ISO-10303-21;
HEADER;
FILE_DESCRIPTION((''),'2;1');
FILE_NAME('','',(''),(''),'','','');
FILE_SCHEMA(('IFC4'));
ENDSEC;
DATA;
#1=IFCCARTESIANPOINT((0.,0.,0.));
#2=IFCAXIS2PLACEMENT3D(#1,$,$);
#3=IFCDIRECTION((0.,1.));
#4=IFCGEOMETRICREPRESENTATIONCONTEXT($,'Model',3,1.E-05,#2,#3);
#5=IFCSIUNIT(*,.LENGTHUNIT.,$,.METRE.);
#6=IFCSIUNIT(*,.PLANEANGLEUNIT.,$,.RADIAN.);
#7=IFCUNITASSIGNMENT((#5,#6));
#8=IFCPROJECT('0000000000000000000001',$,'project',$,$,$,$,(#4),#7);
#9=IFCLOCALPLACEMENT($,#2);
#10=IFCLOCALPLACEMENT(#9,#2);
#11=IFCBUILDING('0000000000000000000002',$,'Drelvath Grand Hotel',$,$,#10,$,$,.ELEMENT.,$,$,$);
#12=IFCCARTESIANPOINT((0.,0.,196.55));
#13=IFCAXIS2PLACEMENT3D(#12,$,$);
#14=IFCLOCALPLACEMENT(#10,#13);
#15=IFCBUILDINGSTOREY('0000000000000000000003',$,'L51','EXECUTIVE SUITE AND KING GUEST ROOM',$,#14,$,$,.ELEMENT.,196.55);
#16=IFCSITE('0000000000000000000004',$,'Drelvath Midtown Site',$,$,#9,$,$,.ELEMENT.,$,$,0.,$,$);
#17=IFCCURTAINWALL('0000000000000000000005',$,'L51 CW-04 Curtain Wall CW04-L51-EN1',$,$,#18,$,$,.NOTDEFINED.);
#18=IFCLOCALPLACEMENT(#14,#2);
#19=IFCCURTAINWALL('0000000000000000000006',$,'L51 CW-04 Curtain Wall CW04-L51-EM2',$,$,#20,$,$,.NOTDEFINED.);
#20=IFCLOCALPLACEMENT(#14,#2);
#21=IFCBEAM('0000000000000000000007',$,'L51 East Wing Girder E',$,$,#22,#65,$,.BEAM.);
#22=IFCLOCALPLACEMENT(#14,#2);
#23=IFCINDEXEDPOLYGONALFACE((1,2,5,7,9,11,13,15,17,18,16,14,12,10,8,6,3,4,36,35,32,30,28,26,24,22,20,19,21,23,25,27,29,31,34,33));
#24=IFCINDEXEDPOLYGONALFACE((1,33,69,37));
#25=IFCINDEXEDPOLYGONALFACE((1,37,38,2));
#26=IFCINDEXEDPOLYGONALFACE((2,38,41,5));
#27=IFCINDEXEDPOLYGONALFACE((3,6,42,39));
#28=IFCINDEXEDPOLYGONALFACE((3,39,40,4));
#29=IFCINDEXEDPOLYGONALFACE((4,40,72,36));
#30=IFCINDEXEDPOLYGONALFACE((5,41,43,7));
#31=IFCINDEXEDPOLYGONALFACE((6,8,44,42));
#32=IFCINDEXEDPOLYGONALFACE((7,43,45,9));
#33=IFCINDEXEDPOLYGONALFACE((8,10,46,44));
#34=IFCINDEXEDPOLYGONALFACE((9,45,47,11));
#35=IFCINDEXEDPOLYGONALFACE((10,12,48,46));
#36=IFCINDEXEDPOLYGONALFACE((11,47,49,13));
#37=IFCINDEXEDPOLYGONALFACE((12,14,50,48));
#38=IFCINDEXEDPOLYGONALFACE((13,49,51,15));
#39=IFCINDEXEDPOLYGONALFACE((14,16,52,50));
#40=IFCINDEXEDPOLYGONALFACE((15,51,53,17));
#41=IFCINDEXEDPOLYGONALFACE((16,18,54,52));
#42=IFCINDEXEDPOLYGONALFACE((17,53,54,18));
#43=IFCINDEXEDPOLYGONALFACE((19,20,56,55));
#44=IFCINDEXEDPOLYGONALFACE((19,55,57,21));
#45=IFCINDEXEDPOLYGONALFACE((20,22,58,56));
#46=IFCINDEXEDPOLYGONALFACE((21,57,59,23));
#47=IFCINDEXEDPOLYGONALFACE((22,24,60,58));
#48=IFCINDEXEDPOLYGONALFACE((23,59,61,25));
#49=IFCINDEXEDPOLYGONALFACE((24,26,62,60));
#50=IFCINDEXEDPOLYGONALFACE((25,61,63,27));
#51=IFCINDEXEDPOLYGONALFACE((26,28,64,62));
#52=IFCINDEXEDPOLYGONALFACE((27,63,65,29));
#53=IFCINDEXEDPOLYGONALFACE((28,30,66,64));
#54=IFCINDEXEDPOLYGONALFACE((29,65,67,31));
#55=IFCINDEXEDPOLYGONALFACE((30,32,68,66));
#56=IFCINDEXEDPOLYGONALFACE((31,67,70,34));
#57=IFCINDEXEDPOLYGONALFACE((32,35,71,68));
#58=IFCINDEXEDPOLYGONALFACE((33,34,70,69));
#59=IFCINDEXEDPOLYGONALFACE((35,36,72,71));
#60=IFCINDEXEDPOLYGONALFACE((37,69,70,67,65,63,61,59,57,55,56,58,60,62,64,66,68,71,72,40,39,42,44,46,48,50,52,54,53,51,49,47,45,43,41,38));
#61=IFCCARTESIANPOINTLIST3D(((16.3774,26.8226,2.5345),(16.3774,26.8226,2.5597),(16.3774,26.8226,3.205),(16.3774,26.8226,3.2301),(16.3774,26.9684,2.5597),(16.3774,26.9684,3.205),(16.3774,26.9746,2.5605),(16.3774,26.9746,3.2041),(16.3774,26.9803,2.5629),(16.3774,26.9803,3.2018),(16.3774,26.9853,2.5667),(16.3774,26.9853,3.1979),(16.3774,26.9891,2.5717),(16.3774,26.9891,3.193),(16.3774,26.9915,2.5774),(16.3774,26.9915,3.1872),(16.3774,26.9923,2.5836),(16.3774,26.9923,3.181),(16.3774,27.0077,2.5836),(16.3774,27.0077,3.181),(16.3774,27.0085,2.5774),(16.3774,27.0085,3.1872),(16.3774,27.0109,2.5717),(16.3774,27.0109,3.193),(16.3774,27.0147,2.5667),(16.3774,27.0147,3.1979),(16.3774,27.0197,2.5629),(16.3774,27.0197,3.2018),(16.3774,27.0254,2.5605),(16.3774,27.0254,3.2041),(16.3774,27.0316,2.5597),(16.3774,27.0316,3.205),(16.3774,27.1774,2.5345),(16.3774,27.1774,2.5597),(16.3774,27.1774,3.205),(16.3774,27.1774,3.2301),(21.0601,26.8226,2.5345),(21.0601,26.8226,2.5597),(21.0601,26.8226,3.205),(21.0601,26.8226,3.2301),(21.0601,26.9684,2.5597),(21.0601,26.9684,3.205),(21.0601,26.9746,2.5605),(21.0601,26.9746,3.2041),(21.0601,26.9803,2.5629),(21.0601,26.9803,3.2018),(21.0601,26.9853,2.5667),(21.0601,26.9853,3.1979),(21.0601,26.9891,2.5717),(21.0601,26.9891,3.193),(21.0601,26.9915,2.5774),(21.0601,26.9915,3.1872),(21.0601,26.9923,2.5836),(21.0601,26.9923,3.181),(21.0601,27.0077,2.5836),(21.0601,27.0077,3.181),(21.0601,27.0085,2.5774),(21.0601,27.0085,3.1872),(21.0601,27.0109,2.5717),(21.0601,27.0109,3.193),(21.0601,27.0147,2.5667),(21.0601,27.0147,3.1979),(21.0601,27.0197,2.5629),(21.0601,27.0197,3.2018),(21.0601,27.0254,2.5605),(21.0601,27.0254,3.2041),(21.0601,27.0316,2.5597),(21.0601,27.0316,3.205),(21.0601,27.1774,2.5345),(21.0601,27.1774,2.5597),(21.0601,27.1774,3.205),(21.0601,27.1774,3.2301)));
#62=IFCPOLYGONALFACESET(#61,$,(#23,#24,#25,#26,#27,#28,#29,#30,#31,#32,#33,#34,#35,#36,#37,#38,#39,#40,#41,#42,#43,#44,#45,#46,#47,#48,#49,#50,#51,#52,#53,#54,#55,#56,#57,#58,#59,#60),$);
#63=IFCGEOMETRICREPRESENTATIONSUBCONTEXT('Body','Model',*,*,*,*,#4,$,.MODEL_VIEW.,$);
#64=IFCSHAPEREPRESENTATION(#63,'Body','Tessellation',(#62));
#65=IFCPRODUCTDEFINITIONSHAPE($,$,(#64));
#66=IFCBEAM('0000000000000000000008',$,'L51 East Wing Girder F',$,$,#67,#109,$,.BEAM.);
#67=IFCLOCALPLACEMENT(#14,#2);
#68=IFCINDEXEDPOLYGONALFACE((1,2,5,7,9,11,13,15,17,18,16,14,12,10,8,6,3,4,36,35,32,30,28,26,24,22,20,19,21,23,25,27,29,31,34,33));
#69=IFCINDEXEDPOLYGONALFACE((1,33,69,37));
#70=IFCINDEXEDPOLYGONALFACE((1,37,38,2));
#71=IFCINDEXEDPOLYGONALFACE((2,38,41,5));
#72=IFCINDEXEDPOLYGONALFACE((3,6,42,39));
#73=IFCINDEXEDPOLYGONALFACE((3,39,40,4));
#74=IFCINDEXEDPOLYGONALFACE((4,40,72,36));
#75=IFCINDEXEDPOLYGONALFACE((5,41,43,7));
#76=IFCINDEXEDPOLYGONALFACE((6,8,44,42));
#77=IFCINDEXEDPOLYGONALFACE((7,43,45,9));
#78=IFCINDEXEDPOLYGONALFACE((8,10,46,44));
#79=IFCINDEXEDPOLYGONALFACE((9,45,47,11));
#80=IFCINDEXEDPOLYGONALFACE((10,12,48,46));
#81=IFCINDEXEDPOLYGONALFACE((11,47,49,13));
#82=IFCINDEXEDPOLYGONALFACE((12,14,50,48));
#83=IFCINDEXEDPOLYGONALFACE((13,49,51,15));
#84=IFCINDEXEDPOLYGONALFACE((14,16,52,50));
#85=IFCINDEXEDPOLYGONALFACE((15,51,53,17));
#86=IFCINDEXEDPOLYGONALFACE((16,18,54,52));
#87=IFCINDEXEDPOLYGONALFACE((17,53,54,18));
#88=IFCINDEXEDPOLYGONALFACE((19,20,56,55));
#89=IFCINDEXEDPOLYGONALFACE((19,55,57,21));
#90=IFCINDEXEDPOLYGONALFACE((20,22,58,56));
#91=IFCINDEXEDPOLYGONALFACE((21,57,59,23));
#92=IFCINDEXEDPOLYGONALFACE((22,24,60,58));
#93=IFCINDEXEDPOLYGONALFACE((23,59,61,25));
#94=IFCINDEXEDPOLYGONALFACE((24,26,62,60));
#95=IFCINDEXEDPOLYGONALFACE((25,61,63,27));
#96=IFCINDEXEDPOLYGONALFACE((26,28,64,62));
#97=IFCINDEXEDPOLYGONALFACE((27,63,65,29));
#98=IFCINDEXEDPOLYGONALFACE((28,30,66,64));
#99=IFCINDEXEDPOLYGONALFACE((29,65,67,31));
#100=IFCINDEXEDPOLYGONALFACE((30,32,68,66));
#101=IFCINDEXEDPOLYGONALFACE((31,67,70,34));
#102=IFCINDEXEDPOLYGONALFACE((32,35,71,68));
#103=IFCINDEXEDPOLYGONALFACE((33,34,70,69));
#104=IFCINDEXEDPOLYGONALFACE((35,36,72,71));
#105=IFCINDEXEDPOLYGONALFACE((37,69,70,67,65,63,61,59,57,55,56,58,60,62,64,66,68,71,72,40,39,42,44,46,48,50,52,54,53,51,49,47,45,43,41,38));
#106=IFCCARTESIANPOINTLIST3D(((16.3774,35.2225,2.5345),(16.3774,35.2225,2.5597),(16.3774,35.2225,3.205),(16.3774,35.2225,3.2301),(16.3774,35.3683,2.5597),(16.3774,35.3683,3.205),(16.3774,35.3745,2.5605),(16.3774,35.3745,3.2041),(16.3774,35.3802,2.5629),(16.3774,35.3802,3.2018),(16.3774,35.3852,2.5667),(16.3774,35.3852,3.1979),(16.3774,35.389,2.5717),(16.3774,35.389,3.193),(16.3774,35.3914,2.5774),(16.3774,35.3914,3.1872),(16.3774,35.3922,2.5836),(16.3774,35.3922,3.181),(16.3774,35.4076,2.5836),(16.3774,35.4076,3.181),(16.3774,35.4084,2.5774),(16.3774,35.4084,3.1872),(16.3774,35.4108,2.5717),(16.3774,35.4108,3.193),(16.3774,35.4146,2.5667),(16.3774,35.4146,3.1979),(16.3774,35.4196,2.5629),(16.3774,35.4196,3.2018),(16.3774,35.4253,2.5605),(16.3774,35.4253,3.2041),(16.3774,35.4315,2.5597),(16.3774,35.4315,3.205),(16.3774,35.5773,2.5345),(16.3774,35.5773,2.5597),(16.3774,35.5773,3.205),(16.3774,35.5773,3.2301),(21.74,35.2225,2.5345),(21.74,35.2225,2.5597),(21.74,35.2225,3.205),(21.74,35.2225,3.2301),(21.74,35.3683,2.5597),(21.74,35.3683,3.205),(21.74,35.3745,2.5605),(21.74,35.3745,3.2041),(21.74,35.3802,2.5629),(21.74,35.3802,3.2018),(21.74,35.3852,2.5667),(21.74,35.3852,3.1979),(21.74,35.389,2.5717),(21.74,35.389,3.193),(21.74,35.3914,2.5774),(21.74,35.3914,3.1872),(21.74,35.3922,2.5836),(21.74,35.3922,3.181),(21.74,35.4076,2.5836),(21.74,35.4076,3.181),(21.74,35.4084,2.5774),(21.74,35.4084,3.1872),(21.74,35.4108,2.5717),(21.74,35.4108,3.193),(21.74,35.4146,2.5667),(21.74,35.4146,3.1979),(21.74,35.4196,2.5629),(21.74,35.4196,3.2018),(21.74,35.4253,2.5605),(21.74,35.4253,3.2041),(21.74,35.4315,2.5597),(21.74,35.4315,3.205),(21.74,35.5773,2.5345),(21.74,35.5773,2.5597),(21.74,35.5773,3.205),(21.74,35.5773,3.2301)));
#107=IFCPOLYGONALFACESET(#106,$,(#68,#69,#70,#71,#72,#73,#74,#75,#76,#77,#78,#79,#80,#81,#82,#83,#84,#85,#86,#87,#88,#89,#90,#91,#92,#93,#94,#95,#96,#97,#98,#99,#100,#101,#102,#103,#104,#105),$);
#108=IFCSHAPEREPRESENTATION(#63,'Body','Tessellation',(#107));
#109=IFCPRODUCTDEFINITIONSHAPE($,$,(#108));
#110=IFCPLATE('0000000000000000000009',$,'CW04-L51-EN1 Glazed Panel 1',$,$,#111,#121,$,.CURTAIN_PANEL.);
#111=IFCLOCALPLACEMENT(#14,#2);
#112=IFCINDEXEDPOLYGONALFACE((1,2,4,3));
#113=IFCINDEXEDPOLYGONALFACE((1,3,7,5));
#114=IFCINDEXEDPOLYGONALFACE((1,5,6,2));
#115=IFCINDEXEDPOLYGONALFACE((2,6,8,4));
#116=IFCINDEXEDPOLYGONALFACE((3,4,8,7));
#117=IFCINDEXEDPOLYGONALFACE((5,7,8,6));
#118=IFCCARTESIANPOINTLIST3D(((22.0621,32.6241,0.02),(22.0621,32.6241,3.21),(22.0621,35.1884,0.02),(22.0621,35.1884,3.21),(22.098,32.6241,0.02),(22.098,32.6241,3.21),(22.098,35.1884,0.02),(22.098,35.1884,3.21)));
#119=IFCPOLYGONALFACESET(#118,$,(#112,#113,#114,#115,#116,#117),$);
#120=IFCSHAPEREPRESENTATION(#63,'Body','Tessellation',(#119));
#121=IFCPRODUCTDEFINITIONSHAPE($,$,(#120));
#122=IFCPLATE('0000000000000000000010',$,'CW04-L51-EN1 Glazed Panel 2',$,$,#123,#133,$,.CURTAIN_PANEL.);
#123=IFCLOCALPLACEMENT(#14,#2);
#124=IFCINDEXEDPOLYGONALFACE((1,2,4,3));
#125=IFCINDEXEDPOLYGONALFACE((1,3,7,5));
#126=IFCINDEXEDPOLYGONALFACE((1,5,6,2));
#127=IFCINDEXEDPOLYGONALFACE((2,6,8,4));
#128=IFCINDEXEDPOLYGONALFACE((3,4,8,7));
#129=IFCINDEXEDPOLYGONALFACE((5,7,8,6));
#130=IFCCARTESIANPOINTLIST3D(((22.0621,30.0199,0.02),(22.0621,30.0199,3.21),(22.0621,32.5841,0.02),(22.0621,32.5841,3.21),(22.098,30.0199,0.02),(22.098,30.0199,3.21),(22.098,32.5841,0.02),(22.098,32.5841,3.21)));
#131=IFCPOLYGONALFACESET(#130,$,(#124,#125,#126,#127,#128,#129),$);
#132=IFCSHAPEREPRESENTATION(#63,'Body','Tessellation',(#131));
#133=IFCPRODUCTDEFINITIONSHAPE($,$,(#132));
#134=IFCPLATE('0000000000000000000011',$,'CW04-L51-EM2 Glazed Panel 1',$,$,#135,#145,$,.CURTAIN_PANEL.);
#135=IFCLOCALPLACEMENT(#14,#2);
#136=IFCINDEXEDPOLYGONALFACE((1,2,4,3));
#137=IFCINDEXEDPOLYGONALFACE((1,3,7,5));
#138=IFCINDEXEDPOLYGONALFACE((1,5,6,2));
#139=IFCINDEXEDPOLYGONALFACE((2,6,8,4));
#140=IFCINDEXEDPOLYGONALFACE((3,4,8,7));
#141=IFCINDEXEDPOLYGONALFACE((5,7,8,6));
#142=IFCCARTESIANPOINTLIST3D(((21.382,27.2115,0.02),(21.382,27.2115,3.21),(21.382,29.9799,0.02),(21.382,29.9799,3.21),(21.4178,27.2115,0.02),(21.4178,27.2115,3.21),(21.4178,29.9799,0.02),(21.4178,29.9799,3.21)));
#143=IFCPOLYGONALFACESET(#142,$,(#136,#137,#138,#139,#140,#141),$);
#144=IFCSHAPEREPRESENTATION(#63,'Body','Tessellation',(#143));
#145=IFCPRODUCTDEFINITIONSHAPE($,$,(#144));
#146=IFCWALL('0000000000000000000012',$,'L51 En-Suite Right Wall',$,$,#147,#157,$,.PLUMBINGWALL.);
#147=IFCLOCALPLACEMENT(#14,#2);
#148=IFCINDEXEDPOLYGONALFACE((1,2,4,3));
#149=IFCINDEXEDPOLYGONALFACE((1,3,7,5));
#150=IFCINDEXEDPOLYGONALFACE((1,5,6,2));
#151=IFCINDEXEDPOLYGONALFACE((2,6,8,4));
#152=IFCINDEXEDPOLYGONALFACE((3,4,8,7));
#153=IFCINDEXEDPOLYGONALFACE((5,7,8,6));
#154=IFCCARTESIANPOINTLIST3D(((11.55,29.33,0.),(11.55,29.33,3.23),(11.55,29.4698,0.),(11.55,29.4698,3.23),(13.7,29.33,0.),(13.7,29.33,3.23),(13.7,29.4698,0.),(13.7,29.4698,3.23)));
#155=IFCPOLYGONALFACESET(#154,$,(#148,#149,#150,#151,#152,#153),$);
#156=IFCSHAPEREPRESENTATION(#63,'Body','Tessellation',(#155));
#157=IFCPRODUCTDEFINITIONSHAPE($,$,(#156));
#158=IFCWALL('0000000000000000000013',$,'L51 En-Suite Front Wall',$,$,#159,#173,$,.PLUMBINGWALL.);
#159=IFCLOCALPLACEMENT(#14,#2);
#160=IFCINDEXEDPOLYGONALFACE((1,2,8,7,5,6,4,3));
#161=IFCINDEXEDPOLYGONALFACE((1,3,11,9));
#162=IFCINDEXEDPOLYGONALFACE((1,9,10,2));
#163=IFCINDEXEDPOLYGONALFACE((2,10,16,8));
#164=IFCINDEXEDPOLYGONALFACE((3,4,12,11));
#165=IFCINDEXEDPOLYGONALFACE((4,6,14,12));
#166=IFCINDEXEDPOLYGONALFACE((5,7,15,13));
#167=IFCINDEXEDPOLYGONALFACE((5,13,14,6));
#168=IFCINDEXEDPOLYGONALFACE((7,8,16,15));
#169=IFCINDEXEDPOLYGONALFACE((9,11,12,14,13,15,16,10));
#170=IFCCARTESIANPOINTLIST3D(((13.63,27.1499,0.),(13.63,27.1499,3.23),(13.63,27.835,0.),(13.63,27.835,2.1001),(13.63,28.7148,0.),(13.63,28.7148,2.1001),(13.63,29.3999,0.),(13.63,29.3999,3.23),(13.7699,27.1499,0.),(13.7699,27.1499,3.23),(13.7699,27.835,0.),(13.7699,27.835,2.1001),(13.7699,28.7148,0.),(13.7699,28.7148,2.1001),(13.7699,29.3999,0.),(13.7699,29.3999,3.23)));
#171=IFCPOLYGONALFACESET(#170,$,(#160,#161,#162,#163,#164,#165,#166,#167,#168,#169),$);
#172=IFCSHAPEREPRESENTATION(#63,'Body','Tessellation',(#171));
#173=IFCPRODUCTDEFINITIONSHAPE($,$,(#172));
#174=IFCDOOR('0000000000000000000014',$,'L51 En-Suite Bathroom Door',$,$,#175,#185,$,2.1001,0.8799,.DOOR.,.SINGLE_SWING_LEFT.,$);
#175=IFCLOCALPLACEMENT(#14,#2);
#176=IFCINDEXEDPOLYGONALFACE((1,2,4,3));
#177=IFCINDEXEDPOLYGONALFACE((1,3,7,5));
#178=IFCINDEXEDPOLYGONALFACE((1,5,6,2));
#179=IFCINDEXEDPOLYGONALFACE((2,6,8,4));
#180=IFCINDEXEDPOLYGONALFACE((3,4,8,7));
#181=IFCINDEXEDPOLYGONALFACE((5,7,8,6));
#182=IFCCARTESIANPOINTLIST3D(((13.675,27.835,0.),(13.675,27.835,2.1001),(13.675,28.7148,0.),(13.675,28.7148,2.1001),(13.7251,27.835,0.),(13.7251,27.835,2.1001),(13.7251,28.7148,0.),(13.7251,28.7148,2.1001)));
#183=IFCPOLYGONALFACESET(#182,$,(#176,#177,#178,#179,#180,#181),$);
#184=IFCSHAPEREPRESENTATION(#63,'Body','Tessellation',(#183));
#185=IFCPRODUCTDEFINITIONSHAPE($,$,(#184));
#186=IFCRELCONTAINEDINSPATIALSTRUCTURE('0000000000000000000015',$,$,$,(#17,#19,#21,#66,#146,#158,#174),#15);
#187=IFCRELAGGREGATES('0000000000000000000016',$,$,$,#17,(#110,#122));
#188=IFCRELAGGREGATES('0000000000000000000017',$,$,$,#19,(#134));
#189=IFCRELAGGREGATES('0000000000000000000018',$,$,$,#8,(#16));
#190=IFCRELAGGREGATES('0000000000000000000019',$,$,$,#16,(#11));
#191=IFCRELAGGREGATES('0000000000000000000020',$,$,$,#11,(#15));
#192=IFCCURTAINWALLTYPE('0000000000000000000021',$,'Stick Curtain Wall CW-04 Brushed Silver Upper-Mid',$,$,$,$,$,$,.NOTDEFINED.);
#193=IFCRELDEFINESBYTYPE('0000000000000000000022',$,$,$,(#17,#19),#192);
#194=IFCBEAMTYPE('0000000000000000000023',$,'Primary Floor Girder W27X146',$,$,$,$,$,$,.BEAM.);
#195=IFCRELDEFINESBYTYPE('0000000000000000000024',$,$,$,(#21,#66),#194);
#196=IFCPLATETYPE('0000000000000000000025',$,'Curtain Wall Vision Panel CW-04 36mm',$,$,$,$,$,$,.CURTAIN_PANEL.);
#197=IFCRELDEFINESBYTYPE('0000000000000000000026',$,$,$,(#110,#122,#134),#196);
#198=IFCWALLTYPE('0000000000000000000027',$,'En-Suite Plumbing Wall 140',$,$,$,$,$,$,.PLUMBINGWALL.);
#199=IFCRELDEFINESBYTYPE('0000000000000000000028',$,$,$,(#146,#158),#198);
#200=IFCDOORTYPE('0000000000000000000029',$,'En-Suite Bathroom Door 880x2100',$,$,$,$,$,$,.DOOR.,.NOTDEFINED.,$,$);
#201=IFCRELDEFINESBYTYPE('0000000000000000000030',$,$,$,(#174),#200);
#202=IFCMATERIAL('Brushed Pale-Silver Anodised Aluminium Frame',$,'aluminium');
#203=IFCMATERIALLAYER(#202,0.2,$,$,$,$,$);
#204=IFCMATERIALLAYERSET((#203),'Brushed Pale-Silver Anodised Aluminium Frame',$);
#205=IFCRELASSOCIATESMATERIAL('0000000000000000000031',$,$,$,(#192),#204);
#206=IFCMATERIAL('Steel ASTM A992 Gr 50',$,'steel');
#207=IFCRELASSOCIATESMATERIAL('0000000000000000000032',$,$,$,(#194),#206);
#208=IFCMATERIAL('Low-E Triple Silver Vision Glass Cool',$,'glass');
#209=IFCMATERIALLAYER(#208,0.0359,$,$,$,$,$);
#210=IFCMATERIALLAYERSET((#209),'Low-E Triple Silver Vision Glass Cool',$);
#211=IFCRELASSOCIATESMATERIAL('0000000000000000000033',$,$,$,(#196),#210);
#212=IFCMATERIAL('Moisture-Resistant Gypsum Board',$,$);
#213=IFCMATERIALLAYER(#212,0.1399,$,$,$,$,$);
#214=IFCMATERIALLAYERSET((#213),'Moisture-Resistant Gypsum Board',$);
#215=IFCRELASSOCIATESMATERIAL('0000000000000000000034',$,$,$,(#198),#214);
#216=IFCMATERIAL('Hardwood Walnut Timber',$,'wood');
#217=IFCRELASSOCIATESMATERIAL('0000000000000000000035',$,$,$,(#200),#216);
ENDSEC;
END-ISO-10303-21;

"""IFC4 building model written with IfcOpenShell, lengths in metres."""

from ifc_helpers import new_model, si_unit, direction, frame, frame_2d, origin, origin_2d, place, context, subcontext, project, spatial, rectangle, i_section, extrude, material, layer, layer_set, material_profile, profile_set, type_object, element, fill, aggregate, save


model = new_model("IFC4")

# Units and contexts
model_context = context("Model", 3, precision=1e-05, world=origin(), true_north=direction((0.0, 1.0)))
body_context = subcontext(model_context, "Body", "Model", "MODEL_VIEW")
ifc_project = project(units=[si_unit("LENGTHUNIT", "METRE"), si_unit("PLANEANGLEUNIT", "RADIAN")], contexts=[model_context])

# Site, building, storey
site_placement = place(None, origin())
site = spatial("IfcSite", under=ifc_project, at=site_placement, Name="Drelvath Midtown Site", CompositionType="ELEMENT", RefElevation=0.0)
building_placement = place(site_placement, origin())
building = spatial("IfcBuilding", under=site, at=building_placement, Name="Drelvath Grand Hotel", CompositionType="ELEMENT")
storey_placement = place(building_placement, frame((0.0, 0.0, 196.55)))
storey = spatial("IfcBuildingStorey", under=building, at=storey_placement, Name="L51", Description="EXECUTIVE SUITE AND KING GUEST ROOM", CompositionType="ELEMENT", Elevation=196.55)

# Curtain walls
ifc_material_1 = material(Name="Brushed Pale-Silver Anodised Aluminium Frame", Category="aluminium")
ifc_layer_1 = layer(ifc_material_1, 0.2)
ifc_layer_set_1 = layer_set([ifc_layer_1], Name="Brushed Pale-Silver Anodised Aluminium Frame")
curtain_wall_type = type_object("IfcCurtainWallType", Name="Stick Curtain Wall CW-04 Brushed Silver Upper-Mid", PredefinedType="NOTDEFINED", material=ifc_layer_set_1)
curtain_wall_1_placement = place(storey_placement, origin())
curtain_wall_1 = element("IfcCurtainWall", 1, at=curtain_wall_1_placement, inside=storey, type_object=curtain_wall_type, Name="L51 CW-04 Curtain Wall CW04-L51-EN1", PredefinedType="NOTDEFINED")
curtain_wall_2_placement = place(storey_placement, origin())
curtain_wall_2 = element("IfcCurtainWall", 2, at=curtain_wall_2_placement, inside=storey, type_object=curtain_wall_type, Name="L51 CW-04 Curtain Wall CW04-L51-EM2", PredefinedType="NOTDEFINED")

# Beams
ifc_material_2 = material(Name="Steel ASTM A992 Gr 50", Category="steel")
ifc_material_profile_1 = material_profile(ifc_material_2, i_section(OverallWidth=0.3547, OverallDepth=0.6956, WebThickness=0.0154, FlangeThickness=0.0251, FilletRadius=0.0239, at=origin_2d()), Name="W27X146")
ifc_profile_set_1 = profile_set([ifc_material_profile_1], Name="Steel ASTM A992 Gr 50")
beam_type_1 = type_object("IfcBeamType", Name="Primary Floor Girder W27X146", PredefinedType="BEAM", material=ifc_profile_set_1)
beam_1_placement = place(storey_placement, frame((16.3774, 27.0, 2.8823), z_axis=(1.0, 0.0, 0.0), x_axis=(0.0, 1.0, 0.0)))
element("IfcBeam", 3, at=beam_1_placement, inside=storey, type_object=beam_type_1, Name="L51 East Wing Girder E", PredefinedType="BEAM", context=body_context, shape_type="SweptSolid", body=[
    extrude(i_section(OverallWidth=0.3547, OverallDepth=0.6956, WebThickness=0.0154, FlangeThickness=0.0251, FilletRadius=0.0239, at=origin_2d()), origin(), (0.0, 0.0, 1.0), 4.6826),
])
beam_2_placement = place(storey_placement, frame((16.3774, 35.3999, 2.8823), z_axis=(1.0, 0.0, 0.0), x_axis=(0.0, 1.0, 0.0)))
element("IfcBeam", 4, at=beam_2_placement, inside=storey, type_object=beam_type_1, Name="L51 East Wing Girder F", PredefinedType="BEAM", context=body_context, shape_type="SweptSolid", body=[
    extrude(i_section(OverallWidth=0.3547, OverallDepth=0.6956, WebThickness=0.0154, FlangeThickness=0.0251, FilletRadius=0.0239, at=origin_2d()), origin(), (0.0, 0.0, 1.0), 5.3625),
])

# Plates
ifc_material_3 = material(Name="Low-E Triple Silver Vision Glass Cool", Category="glass")
ifc_layer_2 = layer(ifc_material_3, 0.0359)
ifc_layer_set_2 = layer_set([ifc_layer_2], Name="Low-E Triple Silver Vision Glass Cool")
plate_type = type_object("IfcPlateType", Name="Curtain Wall Vision Panel CW-04 36mm", PredefinedType="CURTAIN_PANEL", material=ifc_layer_set_2)
plate_1_placement = place(storey_placement, frame((22.0801, 33.9062, 0.02), z_axis=(0.0, 0.0, 1.0), x_axis=(0.0, -1.0, 0.0)))
plate_1 = element("IfcPlate", 5, at=plate_1_placement, type_object=plate_type, Name="CW04-L51-EN1 Glazed Panel 1", PredefinedType="CURTAIN_PANEL", context=body_context, shape_type="SweptSolid", body=[
    extrude(rectangle(XDim=2.5642, YDim=0.0359, at=origin_2d()), origin(), (0.0, 0.0, 1.0), 3.1899),
])
plate_2_placement = place(storey_placement, frame((22.0801, 31.302, 0.02), z_axis=(0.0, 0.0, 1.0), x_axis=(0.0, -1.0, 0.0)))
plate_2 = element("IfcPlate", 6, at=plate_2_placement, type_object=plate_type, Name="CW04-L51-EN1 Glazed Panel 2", PredefinedType="CURTAIN_PANEL", context=body_context, shape_type="SweptSolid", body=[
    extrude(rectangle(XDim=2.5642, YDim=0.0359, at=origin_2d()), origin(), (0.0, 0.0, 1.0), 3.1899),
])
aggregate(curtain_wall_1, [plate_1, plate_2])
plate_3_placement = place(storey_placement, frame((21.3999, 28.5957, 0.02), z_axis=(0.0, 0.0, 1.0), x_axis=(0.0, -1.0, 0.0)))
plate_3 = element("IfcPlate", 7, at=plate_3_placement, type_object=plate_type, Name="CW04-L51-EM2 Glazed Panel 1", PredefinedType="CURTAIN_PANEL", context=body_context, shape_type="SweptSolid", body=[
    extrude(rectangle(XDim=2.7683, YDim=0.0359, at=origin_2d()), origin(), (0.0, 0.0, 1.0), 3.1899),
])
aggregate(curtain_wall_2, [plate_3])

# Wall
ifc_material_4 = material(Name="Moisture-Resistant Gypsum Board")
ifc_layer_3 = layer(ifc_material_4, 0.1399)
ifc_layer_set_3 = layer_set([ifc_layer_3], Name="Moisture-Resistant Gypsum Board")
wall_type_1 = type_object("IfcWallType", Name="En-Suite Plumbing Wall 140", PredefinedType="PLUMBINGWALL", material=ifc_layer_set_3)
wall_1_placement = place(storey_placement, frame((11.55, 29.3999, 0.0), z_axis=(0.0, 0.0, 1.0), x_axis=(1.0, 0.0, 0.0)))
element("IfcWall", 8, at=wall_1_placement, inside=storey, type_object=wall_type_1, Name="L51 En-Suite Right Wall", PredefinedType="PLUMBINGWALL", context=body_context, shape_type="SweptSolid", body=[
    extrude(rectangle(XDim=2.1499, YDim=0.1399, at=frame_2d((1.075, 0.0))), origin(), (0.0, 0.0, 1.0), 3.23),
])

# Wall, opening, door
wall_2_placement = place(storey_placement, frame((13.7, 27.1499, 0.0), z_axis=(0.0, 0.0, 1.0), x_axis=(0.0, 1.0, 0.0)))
wall_2 = element("IfcWall", 9, at=wall_2_placement, inside=storey, type_object=wall_type_1, Name="L51 En-Suite Front Wall", PredefinedType="PLUMBINGWALL", context=body_context, shape_type="SweptSolid", body=[
    extrude(rectangle(XDim=2.25, YDim=0.1399, at=frame_2d((1.125, 0.0))), origin(), (0.0, 0.0, 1.0), 3.23),
])
opening_placement = place(wall_2_placement, frame((0.6851, 0.0, 0.0)))
opening = element("IfcOpeningElement", 10, at=opening_placement, cuts=wall_2, PredefinedType="OPENING", context=body_context, shape_type="SweptSolid", body=[
    extrude(rectangle(XDim=0.8799, YDim=2.1001, at=frame_2d((0.4399, 1.05))), frame((0.0, 0.0798, 0.0), z_axis=(0.0, -1.0, 0.0), x_axis=(1.0, 0.0, 0.0)), (0.0, 0.0, 1.0), 0.1599),
])
ifc_material_5 = material(Name="Hardwood Walnut Timber", Category="wood")
door_type = type_object("IfcDoorType", Name="En-Suite Bathroom Door 880x2100", OperationType="NOTDEFINED", PredefinedType="DOOR", material=ifc_material_5)
door_placement = place(opening_placement, origin())
door = element("IfcDoor", 11, at=door_placement, inside=storey, type_object=door_type, Name="L51 En-Suite Bathroom Door", OperationType="SINGLE_SWING_LEFT", OverallHeight=2.1001, OverallWidth=0.8799, PredefinedType="DOOR", context=body_context, shape_type="SweptSolid", body=[
    extrude(rectangle(XDim=0.8799, YDim=2.1001, at=frame_2d((0.4399, 1.05))), frame((0.0, 0.0249, 0.0), z_axis=(0.0, -1.0, 0.0), x_axis=(1.0, 0.0, 0.0)), (0.0, 0.0, 1.0), 0.05),
])
fill(opening, door)

save(model, "model.ifc")
